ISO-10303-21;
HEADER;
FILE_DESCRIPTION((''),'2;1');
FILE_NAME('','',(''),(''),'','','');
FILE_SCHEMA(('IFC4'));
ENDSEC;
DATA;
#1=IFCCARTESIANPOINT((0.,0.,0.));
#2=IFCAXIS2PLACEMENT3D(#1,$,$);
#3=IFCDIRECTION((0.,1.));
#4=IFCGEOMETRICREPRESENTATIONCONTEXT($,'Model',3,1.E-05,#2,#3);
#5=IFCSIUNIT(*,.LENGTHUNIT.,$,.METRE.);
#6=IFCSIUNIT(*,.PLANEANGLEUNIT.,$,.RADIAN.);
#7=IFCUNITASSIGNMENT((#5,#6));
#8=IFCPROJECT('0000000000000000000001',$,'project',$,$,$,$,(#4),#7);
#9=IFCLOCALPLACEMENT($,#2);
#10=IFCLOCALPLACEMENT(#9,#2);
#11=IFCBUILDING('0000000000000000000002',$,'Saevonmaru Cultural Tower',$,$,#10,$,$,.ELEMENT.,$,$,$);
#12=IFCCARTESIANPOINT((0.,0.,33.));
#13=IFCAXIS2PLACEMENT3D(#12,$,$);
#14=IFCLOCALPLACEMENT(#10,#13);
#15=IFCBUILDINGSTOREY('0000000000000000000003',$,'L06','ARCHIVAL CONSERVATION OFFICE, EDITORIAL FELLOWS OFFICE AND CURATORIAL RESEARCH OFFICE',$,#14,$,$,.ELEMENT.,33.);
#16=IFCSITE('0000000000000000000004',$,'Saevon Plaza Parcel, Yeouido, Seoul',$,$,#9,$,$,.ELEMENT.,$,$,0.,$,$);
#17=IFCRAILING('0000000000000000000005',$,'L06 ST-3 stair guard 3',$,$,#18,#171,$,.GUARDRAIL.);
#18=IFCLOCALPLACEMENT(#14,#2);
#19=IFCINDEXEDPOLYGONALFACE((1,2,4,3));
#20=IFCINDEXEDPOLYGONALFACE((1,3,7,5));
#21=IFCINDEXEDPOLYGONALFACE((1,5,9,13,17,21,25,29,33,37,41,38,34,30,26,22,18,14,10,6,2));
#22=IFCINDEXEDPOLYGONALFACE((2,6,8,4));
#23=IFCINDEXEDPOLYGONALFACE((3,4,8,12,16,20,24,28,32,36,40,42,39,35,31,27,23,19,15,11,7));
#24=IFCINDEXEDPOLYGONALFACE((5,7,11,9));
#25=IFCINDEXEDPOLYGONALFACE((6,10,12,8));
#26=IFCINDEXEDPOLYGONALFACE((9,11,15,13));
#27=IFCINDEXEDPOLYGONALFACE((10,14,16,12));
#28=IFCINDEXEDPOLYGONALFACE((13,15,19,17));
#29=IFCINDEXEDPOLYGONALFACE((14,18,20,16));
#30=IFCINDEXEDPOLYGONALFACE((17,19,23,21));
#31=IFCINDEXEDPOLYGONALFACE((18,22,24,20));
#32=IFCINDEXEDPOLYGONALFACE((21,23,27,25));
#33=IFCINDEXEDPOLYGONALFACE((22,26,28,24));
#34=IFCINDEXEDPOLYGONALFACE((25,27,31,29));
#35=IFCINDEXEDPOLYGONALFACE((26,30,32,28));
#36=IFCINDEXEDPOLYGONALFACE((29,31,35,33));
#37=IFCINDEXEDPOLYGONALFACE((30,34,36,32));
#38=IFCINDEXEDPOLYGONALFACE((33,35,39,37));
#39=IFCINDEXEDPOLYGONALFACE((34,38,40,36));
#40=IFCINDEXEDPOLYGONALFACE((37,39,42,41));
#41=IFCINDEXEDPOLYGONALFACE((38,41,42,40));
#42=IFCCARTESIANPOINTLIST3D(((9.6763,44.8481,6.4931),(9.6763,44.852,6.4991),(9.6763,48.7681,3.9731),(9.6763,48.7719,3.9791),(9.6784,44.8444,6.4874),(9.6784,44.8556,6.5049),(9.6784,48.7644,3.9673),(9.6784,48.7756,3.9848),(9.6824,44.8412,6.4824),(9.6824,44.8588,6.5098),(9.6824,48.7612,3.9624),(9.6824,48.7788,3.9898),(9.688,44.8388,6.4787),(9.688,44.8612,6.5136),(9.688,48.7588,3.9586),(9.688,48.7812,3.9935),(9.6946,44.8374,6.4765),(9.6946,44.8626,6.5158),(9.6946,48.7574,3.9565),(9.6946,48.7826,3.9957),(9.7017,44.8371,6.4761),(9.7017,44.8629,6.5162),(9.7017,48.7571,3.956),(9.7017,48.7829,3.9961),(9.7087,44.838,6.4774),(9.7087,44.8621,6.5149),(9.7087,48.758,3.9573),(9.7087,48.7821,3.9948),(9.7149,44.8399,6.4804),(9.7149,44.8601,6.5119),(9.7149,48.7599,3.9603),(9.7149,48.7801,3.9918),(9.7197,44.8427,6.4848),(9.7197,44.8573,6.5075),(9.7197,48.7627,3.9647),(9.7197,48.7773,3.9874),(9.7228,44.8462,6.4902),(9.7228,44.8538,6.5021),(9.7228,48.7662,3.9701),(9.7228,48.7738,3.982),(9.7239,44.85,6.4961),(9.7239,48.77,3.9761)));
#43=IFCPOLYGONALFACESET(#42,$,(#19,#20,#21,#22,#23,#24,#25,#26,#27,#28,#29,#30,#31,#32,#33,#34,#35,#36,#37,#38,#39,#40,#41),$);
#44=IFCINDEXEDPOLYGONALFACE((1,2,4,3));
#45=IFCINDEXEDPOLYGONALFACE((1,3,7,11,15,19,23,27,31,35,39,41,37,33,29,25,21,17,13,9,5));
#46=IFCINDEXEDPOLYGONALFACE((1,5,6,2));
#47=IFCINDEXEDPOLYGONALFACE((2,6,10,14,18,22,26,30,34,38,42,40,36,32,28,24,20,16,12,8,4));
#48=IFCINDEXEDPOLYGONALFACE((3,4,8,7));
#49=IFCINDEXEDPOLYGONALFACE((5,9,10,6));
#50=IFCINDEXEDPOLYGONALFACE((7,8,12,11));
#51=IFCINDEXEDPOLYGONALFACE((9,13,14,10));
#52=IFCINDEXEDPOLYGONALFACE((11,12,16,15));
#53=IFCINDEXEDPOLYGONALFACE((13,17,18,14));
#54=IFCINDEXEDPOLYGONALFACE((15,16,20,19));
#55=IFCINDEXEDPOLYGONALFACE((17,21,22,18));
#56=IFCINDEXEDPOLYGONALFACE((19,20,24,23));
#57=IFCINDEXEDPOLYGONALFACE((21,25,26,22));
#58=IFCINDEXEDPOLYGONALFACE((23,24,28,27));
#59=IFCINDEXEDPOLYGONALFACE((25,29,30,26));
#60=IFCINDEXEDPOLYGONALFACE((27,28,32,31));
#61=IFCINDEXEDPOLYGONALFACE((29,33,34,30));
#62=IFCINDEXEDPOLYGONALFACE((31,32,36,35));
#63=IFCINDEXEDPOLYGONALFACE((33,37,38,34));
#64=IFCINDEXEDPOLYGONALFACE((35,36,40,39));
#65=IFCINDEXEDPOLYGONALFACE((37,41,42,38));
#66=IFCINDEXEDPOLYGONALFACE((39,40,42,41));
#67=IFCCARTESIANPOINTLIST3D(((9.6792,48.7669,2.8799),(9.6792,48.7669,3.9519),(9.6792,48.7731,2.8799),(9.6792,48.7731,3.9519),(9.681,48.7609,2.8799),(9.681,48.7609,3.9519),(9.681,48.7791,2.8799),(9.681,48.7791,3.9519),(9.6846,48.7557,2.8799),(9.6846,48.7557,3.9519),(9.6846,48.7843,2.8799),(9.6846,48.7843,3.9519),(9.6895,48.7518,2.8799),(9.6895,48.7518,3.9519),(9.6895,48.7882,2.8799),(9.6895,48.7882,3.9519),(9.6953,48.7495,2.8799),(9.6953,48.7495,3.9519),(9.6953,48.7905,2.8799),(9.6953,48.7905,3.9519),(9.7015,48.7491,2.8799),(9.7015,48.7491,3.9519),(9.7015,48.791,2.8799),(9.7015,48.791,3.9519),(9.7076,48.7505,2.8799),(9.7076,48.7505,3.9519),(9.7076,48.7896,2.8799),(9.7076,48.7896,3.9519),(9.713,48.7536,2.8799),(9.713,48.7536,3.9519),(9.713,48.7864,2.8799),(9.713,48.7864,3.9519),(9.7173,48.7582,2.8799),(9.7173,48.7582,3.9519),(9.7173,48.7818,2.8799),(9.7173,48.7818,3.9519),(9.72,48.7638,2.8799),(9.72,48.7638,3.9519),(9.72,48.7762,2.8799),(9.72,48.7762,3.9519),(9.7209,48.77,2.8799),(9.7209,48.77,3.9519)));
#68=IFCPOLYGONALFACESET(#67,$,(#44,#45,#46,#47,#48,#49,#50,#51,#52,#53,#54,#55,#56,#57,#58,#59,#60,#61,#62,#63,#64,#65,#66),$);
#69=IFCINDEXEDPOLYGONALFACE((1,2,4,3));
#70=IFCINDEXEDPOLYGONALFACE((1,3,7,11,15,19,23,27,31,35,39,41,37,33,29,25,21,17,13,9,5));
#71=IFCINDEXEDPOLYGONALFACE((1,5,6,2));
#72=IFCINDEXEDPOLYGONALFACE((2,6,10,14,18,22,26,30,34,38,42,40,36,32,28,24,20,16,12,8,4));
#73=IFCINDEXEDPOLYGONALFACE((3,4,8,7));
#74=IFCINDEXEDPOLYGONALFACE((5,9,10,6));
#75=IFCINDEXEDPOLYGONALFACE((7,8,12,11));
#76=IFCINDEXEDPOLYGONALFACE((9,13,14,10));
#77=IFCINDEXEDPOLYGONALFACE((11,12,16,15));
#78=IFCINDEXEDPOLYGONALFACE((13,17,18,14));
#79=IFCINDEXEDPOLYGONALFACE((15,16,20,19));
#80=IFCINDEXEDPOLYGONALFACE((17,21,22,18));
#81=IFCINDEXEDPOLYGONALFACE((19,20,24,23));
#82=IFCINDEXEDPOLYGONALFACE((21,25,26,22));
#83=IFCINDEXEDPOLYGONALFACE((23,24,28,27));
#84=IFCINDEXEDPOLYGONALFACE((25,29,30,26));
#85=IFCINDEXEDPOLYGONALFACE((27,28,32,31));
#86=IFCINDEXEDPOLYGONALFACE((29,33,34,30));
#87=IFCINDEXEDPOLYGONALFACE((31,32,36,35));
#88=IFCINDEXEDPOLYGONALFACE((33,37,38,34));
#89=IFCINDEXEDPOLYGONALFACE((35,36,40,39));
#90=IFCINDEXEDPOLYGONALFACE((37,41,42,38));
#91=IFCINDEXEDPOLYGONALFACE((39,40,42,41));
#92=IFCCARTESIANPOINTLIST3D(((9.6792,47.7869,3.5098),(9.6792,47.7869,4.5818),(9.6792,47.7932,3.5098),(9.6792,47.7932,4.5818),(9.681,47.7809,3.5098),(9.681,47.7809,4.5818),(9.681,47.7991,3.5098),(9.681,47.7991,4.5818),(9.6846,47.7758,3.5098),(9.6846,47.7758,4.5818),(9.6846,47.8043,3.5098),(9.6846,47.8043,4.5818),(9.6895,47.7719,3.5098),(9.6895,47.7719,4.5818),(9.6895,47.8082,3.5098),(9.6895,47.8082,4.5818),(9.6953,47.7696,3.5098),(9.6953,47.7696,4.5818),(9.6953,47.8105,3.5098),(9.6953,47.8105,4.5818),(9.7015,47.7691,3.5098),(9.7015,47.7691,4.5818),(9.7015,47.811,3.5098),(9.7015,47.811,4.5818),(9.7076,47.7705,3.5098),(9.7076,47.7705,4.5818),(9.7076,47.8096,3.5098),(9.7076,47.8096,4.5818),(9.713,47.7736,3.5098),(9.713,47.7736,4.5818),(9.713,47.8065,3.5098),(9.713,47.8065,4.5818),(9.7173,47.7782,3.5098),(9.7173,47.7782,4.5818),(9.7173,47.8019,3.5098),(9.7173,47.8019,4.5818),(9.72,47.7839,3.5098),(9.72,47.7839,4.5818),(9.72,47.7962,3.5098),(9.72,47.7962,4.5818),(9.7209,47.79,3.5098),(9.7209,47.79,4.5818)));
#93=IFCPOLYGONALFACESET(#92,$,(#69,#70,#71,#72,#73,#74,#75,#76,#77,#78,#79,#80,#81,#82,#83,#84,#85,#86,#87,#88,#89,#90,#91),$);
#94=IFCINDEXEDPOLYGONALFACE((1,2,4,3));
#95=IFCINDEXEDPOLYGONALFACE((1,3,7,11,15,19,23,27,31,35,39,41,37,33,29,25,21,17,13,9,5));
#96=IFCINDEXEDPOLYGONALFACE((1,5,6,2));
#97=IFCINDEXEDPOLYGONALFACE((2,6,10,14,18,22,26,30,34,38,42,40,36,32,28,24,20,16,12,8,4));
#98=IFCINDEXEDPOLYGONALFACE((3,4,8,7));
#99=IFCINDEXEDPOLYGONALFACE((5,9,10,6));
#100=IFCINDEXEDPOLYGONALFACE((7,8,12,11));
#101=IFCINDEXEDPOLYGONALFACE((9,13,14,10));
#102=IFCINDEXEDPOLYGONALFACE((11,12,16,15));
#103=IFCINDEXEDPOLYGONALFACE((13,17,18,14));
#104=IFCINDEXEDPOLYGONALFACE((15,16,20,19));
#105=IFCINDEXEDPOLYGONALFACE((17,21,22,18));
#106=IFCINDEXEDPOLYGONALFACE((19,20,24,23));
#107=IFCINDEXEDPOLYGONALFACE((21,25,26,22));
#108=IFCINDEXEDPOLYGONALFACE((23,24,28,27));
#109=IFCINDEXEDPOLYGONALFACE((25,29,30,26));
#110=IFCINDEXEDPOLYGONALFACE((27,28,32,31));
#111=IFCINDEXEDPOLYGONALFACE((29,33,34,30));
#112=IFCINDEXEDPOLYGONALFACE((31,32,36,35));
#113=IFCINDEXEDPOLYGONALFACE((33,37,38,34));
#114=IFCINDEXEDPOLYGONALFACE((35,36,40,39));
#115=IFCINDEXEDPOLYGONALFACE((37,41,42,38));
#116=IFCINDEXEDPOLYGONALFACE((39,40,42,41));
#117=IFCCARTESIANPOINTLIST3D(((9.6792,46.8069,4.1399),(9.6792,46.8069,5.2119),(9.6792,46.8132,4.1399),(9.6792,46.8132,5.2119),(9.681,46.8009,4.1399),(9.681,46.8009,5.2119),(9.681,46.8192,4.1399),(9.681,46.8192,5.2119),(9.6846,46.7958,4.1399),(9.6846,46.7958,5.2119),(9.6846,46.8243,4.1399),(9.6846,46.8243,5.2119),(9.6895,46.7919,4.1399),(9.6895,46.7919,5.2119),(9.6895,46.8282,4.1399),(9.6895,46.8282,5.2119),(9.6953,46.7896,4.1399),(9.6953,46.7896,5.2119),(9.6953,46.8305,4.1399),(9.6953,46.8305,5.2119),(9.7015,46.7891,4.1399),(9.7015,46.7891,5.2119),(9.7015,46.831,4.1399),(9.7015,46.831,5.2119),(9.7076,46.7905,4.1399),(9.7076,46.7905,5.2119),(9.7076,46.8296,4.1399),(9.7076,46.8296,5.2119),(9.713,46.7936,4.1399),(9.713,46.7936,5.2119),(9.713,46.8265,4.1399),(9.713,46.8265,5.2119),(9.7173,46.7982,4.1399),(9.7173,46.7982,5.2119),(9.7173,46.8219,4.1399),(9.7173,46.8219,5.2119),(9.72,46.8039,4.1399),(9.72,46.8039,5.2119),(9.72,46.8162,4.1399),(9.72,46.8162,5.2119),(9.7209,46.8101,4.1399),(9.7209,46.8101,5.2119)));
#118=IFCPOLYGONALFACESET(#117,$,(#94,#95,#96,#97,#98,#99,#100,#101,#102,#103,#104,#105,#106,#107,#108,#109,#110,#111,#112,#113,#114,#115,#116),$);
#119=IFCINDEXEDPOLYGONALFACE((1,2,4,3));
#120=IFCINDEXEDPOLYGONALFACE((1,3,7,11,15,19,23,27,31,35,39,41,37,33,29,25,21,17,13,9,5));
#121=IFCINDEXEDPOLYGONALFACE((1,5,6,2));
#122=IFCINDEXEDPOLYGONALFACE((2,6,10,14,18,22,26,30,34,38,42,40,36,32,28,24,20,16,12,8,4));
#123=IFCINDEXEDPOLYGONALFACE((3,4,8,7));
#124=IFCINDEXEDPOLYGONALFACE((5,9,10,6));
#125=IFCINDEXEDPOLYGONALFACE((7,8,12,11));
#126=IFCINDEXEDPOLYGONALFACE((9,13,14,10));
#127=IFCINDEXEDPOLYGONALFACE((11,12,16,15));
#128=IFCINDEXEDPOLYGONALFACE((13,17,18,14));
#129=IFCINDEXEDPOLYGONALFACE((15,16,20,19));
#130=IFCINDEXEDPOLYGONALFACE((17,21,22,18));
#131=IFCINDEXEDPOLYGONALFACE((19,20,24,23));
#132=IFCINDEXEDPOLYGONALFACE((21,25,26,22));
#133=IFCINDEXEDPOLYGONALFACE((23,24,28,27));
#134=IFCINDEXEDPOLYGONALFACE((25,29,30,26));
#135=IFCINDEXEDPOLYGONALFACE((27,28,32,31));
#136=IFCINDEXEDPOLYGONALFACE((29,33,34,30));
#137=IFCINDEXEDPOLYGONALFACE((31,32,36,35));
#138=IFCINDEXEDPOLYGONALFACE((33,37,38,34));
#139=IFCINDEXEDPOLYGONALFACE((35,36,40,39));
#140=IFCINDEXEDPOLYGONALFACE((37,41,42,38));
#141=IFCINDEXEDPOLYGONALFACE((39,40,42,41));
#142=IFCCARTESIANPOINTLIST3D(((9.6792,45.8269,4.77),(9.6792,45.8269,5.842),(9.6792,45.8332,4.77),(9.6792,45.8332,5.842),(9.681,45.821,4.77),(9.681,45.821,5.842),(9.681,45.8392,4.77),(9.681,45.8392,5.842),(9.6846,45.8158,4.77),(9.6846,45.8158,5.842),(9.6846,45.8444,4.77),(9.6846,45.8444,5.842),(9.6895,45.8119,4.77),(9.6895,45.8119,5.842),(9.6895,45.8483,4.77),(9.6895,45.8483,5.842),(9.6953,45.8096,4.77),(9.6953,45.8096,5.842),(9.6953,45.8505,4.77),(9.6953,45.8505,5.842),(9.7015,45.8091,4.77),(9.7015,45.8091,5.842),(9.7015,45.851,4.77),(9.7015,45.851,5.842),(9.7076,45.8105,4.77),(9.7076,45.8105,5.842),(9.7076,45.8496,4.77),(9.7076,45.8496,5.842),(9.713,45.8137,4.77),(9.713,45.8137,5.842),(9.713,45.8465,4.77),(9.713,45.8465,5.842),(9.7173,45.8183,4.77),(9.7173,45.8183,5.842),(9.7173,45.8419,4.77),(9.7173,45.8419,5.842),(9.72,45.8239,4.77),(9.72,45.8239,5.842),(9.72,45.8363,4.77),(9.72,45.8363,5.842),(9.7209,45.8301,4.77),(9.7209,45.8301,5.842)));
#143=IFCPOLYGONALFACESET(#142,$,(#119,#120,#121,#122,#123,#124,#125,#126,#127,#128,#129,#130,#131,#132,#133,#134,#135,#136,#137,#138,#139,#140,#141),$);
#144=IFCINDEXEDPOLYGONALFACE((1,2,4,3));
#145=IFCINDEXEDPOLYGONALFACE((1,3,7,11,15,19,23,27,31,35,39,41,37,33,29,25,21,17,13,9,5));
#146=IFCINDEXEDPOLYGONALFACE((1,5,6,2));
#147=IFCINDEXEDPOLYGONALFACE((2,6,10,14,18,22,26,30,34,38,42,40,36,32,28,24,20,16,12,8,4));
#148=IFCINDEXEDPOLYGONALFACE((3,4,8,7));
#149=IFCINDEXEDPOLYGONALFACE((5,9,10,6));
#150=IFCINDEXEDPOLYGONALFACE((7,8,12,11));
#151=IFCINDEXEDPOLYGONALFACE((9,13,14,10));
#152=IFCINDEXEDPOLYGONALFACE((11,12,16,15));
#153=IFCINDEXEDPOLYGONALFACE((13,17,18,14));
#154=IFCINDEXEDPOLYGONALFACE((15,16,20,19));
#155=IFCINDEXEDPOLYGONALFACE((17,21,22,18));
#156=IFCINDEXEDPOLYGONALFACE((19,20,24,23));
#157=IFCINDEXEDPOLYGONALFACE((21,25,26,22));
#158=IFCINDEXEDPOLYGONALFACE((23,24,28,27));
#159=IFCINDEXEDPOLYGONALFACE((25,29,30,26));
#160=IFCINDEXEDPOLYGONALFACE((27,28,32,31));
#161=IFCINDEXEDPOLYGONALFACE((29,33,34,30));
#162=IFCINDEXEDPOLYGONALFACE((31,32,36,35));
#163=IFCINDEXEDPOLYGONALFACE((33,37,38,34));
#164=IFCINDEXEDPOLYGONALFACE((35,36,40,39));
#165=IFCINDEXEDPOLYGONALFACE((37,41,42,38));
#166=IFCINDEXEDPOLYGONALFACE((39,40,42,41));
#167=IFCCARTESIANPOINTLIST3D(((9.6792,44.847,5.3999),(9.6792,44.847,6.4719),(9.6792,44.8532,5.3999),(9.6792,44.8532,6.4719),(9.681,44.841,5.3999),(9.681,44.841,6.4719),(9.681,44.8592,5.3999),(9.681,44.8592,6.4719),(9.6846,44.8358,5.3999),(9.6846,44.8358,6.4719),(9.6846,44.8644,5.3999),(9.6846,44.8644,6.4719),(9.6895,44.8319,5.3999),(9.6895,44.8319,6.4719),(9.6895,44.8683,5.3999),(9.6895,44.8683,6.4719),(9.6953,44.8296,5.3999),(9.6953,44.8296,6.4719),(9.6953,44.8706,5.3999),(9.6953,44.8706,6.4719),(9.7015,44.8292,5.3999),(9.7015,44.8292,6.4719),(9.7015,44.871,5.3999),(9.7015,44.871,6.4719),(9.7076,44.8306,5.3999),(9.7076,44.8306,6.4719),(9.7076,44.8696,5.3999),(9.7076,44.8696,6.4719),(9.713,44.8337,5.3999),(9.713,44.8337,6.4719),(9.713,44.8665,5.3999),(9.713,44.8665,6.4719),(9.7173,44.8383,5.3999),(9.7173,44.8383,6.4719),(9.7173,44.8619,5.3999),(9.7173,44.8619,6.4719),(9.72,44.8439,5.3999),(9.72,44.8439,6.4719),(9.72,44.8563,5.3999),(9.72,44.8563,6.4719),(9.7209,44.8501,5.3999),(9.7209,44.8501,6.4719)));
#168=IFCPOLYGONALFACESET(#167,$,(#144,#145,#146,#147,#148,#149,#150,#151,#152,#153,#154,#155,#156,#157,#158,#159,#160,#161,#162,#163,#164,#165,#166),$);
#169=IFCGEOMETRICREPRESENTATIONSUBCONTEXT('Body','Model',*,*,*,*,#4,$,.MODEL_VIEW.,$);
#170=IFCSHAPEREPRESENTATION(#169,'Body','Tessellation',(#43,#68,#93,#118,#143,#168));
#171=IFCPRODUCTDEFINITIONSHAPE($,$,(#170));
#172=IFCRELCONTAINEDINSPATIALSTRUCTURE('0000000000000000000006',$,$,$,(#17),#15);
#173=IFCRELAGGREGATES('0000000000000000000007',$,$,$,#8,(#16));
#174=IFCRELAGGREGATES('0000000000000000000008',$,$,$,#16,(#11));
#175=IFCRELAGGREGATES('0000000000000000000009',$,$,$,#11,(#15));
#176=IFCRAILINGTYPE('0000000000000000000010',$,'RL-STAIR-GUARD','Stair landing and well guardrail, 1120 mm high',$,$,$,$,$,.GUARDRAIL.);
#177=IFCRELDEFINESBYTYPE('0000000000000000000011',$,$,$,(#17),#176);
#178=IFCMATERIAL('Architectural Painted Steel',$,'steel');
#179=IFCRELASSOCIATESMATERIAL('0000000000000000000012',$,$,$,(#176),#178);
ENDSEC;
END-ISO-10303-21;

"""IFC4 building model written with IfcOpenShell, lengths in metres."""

from ifc_helpers import new_model, si_unit, direction, frame, origin, origin_2d, place, context, subcontext, project, spatial, circle, extrude, material, type_object, element, save


model = new_model("IFC4")

# Units and contexts
model_context = context("Model", 3, precision=1e-05, world=origin(), true_north=direction((0.0, 1.0)))
body_context = subcontext(model_context, "Body", "Model", "MODEL_VIEW")
ifc_project = project(units=[si_unit("LENGTHUNIT", "METRE"), si_unit("PLANEANGLEUNIT", "RADIAN")], contexts=[model_context])

# Site, building, storey
site_placement = place(None, origin())
site = spatial("IfcSite", under=ifc_project, at=site_placement, Name="Saevon Plaza Parcel, Yeouido, Seoul", CompositionType="ELEMENT", RefElevation=0.0)
building_placement = place(site_placement, origin())
building = spatial("IfcBuilding", under=site, at=building_placement, Name="Saevonmaru Cultural Tower", CompositionType="ELEMENT")
storey_placement = place(building_placement, frame((0.0, 0.0, 33.0)))
storey = spatial("IfcBuildingStorey", under=building, at=storey_placement, Name="L06", Description="ARCHIVAL CONSERVATION OFFICE, EDITORIAL FELLOWS OFFICE AND CURATORIAL RESEARCH OFFICE", CompositionType="ELEMENT", Elevation=33.0)

# Railing
ifc_material_1 = material(Name="Architectural Painted Steel", Category="steel")
railing_type_1 = type_object("IfcRailingType", Name="RL-STAIR-GUARD", Description="Stair landing and well guardrail, 1120 mm high", PredefinedType="GUARDRAIL", material=ifc_material_1)
railing_1_placement = place(storey_placement, frame((9.7, 48.77, 2.8799)))
element("IfcRailing", 1, at=railing_1_placement, inside=storey, type_object=railing_type_1, Name="L06 ST-3 stair guard 3", PredefinedType="GUARDRAIL", context=body_context, shape_type="SweptSolid", body=[
    extrude(circle(Radius=0.0239, at=origin_2d()), frame((0.0, 0.0, 1.0962), z_axis=(0.0, -0.841172, 0.540768), x_axis=(1.0, 0.0, 0.0)), (0.0, 0.0, 1.0), 4.6602),
    extrude(circle(Radius=0.021, at=origin_2d()), origin(), (0.0, 0.0, 1.0), 1.072),
    extrude(circle(Radius=0.021, at=origin_2d()), frame((0.0, -0.98, 0.6299)), (0.0, 0.0, 1.0), 1.072),
    extrude(circle(Radius=0.021, at=origin_2d()), frame((0.0, -1.96, 1.26)), (0.0, 0.0, 1.0), 1.072),
    extrude(circle(Radius=0.021, at=origin_2d()), frame((0.0, -2.9399, 1.8901)), (0.0, 0.0, 1.0), 1.072),
    extrude(circle(Radius=0.021, at=origin_2d()), frame((0.0, -3.9199, 2.52)), (0.0, 0.0, 1.0), 1.072),
])

save(model, "model.ifc")
